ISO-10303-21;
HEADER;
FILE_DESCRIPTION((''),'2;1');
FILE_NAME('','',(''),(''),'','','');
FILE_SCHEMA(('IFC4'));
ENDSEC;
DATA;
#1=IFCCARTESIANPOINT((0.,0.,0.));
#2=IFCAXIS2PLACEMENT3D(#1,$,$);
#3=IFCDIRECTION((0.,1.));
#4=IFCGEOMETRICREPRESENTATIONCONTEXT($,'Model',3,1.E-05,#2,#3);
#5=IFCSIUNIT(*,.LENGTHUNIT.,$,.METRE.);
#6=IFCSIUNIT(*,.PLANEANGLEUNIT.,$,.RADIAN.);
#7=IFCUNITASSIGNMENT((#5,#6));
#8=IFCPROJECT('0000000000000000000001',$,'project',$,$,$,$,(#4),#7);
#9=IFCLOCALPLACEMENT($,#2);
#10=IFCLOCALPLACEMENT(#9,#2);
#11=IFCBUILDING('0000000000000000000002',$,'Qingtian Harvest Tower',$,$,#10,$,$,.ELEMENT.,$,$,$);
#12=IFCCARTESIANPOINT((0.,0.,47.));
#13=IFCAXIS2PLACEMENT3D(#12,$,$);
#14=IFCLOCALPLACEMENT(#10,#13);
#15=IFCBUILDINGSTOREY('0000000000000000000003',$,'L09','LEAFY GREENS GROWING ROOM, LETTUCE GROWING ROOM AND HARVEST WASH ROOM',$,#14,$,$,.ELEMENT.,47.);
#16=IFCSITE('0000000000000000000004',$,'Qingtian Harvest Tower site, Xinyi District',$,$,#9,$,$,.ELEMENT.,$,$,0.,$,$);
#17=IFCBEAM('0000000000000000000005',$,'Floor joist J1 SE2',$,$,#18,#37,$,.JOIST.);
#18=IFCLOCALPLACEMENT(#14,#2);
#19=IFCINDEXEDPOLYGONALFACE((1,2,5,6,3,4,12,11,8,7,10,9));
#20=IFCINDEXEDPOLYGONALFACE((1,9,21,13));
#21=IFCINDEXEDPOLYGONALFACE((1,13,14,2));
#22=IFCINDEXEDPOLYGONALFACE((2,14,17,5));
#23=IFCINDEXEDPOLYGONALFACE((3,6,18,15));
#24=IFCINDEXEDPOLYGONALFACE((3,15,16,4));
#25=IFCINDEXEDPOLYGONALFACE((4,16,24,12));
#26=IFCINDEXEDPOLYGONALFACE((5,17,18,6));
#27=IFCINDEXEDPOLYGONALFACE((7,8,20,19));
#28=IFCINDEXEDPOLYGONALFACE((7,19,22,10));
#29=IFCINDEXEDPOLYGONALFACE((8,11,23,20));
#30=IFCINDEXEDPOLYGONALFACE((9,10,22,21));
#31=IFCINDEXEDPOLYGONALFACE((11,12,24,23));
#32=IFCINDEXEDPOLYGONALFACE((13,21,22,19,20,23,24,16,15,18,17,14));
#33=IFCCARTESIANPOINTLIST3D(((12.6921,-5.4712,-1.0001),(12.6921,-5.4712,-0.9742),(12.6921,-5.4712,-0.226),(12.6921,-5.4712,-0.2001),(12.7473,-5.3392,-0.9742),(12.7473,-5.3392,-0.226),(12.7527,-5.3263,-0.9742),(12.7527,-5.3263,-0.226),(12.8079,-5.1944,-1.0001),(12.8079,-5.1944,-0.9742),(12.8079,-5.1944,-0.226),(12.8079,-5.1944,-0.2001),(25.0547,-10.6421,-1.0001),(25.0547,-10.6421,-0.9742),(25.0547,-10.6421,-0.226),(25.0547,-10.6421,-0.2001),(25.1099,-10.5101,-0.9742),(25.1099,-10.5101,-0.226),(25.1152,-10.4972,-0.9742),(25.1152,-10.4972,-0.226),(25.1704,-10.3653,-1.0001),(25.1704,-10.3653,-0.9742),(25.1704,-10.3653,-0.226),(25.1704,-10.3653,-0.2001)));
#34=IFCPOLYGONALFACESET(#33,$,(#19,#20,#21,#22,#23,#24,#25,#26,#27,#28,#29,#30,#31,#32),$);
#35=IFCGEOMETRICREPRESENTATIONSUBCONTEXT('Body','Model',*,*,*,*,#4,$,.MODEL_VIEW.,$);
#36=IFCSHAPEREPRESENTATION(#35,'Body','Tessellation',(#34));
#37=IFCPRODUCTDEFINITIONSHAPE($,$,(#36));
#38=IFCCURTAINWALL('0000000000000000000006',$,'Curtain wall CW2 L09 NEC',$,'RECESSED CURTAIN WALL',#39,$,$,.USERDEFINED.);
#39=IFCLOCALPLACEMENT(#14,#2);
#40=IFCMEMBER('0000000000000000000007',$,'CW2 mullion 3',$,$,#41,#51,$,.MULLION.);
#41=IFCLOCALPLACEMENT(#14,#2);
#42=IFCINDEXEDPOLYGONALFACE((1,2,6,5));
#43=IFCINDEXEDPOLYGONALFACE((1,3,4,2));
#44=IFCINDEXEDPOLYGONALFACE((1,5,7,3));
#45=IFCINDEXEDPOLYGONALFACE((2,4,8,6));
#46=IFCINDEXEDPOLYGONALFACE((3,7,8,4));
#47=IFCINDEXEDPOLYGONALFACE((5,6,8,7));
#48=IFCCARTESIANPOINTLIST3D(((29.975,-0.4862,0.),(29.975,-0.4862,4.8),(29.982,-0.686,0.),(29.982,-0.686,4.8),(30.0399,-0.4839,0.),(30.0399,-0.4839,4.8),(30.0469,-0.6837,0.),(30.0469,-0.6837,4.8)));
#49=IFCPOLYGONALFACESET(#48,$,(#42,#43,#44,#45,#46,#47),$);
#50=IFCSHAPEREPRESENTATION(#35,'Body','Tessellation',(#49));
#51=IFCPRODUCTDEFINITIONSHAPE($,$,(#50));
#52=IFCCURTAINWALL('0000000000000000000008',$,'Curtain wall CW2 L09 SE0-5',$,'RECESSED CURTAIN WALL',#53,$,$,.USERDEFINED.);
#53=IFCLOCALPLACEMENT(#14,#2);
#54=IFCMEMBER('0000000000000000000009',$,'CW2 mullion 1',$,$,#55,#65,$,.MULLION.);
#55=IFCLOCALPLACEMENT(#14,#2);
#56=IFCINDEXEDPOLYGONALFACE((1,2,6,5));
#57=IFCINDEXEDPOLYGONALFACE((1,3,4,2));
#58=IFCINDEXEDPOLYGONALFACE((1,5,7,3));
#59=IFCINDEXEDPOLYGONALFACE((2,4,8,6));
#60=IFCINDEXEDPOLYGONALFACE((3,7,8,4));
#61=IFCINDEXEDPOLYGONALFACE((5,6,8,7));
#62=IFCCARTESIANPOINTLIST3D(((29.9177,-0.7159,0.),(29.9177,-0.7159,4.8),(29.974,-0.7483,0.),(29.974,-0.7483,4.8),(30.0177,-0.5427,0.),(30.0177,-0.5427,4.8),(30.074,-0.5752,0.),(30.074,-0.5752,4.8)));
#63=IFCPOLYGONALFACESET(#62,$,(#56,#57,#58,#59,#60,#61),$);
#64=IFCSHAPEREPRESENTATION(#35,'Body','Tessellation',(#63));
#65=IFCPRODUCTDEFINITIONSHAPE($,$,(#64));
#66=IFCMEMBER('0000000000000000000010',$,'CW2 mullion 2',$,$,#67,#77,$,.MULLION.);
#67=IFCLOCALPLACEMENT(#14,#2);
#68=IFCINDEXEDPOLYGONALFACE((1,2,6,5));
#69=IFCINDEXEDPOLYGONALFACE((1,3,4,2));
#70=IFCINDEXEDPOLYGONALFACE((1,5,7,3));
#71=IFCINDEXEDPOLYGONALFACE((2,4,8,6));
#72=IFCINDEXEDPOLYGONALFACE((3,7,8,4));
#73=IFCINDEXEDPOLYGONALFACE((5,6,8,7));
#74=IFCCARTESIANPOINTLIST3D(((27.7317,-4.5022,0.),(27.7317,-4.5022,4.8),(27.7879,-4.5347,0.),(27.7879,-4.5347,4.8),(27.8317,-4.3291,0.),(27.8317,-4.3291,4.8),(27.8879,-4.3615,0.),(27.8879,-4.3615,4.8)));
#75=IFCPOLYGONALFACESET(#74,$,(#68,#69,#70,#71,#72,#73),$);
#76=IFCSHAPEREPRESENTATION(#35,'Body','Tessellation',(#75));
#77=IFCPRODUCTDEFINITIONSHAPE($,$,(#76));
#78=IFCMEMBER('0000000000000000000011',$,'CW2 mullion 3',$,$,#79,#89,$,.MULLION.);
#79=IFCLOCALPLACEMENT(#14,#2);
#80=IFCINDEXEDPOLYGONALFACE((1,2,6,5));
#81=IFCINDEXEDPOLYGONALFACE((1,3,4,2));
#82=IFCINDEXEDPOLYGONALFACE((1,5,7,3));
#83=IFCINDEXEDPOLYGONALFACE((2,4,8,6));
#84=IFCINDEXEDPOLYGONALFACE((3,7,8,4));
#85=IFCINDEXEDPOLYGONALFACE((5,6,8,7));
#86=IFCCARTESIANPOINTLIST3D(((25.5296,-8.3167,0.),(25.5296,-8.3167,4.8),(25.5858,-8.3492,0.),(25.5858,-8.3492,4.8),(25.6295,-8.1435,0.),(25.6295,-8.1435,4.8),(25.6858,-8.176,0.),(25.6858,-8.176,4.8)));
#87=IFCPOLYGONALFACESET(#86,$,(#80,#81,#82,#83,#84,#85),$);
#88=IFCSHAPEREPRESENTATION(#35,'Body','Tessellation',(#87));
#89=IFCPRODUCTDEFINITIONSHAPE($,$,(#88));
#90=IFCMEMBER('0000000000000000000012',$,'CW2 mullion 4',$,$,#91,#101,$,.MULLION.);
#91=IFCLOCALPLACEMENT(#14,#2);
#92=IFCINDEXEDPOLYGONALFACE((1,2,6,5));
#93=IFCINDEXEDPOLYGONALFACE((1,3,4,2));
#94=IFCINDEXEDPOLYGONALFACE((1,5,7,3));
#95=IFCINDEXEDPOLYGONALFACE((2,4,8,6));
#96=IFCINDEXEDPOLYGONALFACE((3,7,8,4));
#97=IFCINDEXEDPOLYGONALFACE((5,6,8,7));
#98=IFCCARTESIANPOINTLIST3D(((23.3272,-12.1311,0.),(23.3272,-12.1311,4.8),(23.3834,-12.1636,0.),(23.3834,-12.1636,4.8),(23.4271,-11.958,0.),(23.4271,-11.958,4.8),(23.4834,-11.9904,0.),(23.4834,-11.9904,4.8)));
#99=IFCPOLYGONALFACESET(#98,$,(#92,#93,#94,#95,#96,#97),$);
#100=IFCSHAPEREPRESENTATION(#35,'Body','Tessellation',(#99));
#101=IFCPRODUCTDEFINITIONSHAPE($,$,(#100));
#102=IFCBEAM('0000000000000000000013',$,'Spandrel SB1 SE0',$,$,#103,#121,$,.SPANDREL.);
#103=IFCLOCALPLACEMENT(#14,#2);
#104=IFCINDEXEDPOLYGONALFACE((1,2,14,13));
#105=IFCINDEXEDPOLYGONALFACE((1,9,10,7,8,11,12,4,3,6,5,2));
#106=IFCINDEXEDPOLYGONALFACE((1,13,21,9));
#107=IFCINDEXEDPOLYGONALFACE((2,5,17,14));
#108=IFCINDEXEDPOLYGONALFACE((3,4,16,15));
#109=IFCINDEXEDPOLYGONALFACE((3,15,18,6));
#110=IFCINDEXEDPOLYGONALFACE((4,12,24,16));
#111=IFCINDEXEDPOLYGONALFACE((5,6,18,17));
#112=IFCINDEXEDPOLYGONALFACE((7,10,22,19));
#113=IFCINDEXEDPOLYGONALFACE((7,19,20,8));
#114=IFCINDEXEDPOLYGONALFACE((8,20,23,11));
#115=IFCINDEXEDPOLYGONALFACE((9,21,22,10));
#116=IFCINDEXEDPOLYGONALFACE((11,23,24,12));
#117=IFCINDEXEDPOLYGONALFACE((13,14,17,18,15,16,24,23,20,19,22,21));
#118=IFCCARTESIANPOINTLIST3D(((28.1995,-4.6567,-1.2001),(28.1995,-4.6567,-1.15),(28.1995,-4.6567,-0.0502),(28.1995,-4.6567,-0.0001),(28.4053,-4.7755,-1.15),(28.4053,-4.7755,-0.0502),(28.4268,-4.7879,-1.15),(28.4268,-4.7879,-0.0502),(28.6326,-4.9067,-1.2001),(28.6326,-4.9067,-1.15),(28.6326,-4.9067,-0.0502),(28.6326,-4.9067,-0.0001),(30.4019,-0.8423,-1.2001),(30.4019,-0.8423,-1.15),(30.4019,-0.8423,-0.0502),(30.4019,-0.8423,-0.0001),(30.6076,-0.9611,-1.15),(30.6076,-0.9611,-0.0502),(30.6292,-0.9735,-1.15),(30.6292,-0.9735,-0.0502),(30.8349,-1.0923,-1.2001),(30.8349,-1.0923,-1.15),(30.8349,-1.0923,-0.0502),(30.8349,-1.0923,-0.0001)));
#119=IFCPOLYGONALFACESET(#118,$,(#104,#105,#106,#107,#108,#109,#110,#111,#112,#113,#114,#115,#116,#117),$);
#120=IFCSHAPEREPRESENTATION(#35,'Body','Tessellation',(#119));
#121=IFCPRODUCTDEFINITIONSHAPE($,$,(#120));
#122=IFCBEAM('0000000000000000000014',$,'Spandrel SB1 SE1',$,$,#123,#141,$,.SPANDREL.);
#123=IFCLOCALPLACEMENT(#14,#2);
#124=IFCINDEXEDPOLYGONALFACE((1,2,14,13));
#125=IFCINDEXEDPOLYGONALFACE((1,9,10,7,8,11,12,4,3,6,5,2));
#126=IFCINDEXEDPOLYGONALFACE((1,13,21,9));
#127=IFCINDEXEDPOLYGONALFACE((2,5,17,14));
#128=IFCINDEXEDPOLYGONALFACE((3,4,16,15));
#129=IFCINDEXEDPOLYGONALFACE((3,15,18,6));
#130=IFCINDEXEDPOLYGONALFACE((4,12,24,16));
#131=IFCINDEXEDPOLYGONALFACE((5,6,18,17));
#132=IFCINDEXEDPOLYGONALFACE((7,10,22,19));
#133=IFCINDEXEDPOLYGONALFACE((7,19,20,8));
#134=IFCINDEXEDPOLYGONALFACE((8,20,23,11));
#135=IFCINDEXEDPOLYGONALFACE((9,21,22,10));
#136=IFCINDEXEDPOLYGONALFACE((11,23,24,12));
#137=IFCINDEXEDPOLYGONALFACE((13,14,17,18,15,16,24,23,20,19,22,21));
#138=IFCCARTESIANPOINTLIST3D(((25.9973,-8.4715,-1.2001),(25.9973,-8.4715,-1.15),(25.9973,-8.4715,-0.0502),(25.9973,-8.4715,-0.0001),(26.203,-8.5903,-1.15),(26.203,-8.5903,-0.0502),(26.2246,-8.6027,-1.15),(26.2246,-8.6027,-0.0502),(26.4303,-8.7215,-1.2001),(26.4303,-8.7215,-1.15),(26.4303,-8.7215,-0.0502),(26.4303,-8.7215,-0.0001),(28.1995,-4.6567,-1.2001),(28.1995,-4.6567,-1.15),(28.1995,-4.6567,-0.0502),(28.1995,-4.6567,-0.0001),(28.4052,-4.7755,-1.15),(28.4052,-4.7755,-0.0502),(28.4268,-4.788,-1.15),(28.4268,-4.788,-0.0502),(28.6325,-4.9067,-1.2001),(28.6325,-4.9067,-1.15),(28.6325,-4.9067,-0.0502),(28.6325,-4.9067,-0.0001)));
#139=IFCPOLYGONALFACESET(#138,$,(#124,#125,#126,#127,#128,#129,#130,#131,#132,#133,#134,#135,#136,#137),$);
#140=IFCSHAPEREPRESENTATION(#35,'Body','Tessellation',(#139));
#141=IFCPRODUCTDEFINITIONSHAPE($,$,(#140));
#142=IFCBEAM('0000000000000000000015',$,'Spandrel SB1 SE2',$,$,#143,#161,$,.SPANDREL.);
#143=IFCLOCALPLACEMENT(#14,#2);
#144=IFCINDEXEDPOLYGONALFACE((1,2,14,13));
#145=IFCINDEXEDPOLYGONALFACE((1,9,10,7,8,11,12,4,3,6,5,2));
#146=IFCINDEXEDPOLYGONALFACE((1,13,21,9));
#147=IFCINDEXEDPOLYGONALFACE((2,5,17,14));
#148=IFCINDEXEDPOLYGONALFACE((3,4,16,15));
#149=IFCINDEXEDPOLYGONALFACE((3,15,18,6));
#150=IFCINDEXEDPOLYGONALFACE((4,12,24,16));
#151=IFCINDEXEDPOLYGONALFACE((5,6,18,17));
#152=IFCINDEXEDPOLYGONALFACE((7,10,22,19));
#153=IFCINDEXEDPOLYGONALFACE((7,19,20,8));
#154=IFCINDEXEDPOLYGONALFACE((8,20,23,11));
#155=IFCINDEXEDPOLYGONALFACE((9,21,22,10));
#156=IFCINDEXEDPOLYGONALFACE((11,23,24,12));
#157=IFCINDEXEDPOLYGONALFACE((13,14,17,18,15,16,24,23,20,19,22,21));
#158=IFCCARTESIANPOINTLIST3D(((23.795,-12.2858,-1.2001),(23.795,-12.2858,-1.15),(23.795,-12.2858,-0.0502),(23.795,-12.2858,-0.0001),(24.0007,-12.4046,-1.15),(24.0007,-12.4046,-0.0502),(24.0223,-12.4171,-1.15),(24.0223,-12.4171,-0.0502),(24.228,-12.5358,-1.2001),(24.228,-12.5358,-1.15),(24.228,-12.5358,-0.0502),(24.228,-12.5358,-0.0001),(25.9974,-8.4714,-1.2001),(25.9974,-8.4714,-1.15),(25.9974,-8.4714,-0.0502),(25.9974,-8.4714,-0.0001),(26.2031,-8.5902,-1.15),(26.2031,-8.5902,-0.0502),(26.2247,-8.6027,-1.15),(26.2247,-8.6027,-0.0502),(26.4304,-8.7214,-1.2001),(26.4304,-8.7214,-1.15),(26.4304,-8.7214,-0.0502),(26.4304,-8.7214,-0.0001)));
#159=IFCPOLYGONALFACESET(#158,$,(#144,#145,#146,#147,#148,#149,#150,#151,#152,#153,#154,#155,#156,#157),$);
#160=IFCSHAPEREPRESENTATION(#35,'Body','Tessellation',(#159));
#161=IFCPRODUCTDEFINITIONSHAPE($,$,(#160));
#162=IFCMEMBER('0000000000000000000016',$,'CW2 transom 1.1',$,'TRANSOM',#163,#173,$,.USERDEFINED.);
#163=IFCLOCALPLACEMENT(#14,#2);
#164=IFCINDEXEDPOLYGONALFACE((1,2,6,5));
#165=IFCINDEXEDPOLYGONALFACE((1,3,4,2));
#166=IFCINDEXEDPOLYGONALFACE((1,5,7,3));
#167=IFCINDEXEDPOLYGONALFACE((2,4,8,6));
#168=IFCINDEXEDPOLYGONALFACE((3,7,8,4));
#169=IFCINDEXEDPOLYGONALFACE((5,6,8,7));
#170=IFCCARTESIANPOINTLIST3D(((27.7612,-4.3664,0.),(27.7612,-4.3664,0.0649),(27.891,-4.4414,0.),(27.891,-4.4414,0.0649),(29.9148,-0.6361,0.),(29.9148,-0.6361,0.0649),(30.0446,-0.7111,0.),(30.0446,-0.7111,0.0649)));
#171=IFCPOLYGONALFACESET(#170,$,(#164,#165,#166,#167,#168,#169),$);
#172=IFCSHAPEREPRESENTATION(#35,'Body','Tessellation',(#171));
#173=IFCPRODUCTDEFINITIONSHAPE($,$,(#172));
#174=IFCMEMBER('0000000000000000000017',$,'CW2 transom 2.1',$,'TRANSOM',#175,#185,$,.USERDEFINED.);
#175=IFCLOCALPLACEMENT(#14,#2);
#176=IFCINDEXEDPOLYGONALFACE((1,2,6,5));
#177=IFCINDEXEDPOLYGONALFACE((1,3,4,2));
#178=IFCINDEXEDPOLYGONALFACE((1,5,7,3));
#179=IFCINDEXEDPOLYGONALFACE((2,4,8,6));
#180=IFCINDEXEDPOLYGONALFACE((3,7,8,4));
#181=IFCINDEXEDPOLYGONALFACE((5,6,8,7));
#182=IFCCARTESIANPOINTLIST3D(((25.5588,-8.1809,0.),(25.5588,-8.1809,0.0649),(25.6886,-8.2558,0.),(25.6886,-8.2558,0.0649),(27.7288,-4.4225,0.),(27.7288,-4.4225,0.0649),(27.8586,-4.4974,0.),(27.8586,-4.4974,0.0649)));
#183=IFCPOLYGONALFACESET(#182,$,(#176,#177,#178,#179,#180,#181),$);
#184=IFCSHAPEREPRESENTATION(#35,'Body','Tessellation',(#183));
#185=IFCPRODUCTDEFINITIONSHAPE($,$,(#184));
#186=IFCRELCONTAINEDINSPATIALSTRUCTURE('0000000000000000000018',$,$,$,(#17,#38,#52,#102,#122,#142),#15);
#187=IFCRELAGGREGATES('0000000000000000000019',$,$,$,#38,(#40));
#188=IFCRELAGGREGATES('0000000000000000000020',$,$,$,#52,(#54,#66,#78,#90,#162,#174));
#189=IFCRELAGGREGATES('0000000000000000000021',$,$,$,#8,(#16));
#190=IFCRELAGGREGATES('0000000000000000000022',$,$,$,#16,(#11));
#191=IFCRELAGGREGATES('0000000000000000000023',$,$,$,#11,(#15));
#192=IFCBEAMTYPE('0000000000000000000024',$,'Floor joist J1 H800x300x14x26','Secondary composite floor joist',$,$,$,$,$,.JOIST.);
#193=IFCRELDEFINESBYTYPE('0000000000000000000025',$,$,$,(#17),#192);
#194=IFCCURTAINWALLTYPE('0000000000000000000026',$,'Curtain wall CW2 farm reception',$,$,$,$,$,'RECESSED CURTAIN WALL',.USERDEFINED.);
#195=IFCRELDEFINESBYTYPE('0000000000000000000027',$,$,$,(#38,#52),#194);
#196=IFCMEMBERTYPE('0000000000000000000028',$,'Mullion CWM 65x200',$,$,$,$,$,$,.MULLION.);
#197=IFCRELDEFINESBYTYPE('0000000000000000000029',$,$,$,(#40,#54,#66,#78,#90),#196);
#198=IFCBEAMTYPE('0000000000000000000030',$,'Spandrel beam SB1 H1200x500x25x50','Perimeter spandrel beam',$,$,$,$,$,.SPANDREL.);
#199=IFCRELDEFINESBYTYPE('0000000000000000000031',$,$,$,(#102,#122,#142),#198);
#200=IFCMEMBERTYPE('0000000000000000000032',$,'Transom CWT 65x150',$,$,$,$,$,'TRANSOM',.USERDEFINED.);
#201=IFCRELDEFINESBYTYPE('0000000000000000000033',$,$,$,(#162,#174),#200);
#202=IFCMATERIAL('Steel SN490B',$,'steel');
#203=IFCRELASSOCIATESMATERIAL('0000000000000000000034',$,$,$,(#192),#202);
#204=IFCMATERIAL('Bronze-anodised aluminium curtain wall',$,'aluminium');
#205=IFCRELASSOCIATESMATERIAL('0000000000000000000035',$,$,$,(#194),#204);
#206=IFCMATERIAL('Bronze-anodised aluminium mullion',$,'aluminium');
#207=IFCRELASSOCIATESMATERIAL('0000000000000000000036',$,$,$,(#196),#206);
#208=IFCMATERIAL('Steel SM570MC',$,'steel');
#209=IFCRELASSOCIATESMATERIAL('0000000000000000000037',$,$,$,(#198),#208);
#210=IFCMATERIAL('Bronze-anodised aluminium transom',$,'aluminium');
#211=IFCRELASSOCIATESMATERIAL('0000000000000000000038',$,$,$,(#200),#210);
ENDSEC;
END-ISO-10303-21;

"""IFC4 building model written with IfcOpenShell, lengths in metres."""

from ifc_helpers import new_model, si_unit, direction, frame, origin, origin_2d, place, context, subcontext, project, spatial, rectangle, i_section, extrude, material, material_profile, profile_set, type_object, element, aggregate, save


model = new_model("IFC4")

# Units and contexts
model_context = context("Model", 3, precision=1e-05, world=origin(), true_north=direction((0.0, 1.0)))
body_context = subcontext(model_context, "Body", "Model", "MODEL_VIEW")
ifc_project = project(units=[si_unit("LENGTHUNIT", "METRE"), si_unit("PLANEANGLEUNIT", "RADIAN")], contexts=[model_context])

# Site, building, storey
site_placement = place(None, origin())
site = spatial("IfcSite", under=ifc_project, at=site_placement, Name="Qingtian Harvest Tower site, Xinyi District", CompositionType="ELEMENT", RefElevation=0.0)
building_placement = place(site_placement, origin())
building = spatial("IfcBuilding", under=site, at=building_placement, Name="Qingtian Harvest Tower", CompositionType="ELEMENT")
storey_placement = place(building_placement, frame((0.0, 0.0, 47.0)))
storey = spatial("IfcBuildingStorey", under=building, at=storey_placement, Name="L09", Description="LEAFY GREENS GROWING ROOM, LETTUCE GROWING ROOM AND HARVEST WASH ROOM", CompositionType="ELEMENT", Elevation=47.0)

# Beam
ifc_material_1 = material(Name="Steel SN490B", Category="steel")
ifc_material_profile_1 = material_profile(ifc_material_1, i_section(OverallWidth=0.3, OverallDepth=0.8, WebThickness=0.0139, FlangeThickness=0.0259, at=origin_2d()), Name="H800x300x14x26")
ifc_profile_set_1 = profile_set([ifc_material_profile_1], Name="Steel SN490B")
beam_type_1 = type_object("IfcBeamType", Name="Floor joist J1 H800x300x14x26", Description="Secondary composite floor joist", PredefinedType="JOIST", material=ifc_profile_set_1)
beam_1_placement = place(storey_placement, frame((25.1125, -10.5037, -0.6001), z_axis=(-0.922551, 0.385876, 0.0), x_axis=(-0.385876, -0.922551, 0.0)))
element("IfcBeam", 1, at=beam_1_placement, inside=storey, type_object=beam_type_1, Name="Floor joist J1 SE2", PredefinedType="JOIST", context=body_context, shape_type="SweptSolid", body=[
    extrude(i_section(OverallWidth=0.3, OverallDepth=0.8, WebThickness=0.0139, FlangeThickness=0.0259, at=origin_2d()), origin(), (0.0, 0.0, 1.0), 13.4004),
])

# Curtain wall, member
ifc_material_2 = material(Name="Bronze-anodised aluminium curtain wall", Category="aluminium")
curtain_wall_type = type_object("IfcCurtainWallType", Name="Curtain wall CW2 farm reception", ElementType="RECESSED CURTAIN WALL", PredefinedType="USERDEFINED", material=ifc_material_2)
curtain_wall_1_placement = place(storey_placement, origin())
curtain_wall_1 = element("IfcCurtainWall", 2, at=curtain_wall_1_placement, inside=storey, type_object=curtain_wall_type, Name="Curtain wall CW2 L09 NEC", ObjectType="RECESSED CURTAIN WALL", PredefinedType="USERDEFINED")
ifc_material_3 = material(Name="Bronze-anodised aluminium mullion", Category="aluminium")
ifc_material_profile_2 = material_profile(ifc_material_3, rectangle(XDim=0.0649, YDim=0.2, at=origin_2d()), Name="AL 65x200")
ifc_profile_set_2 = profile_set([ifc_material_profile_2], Name="Bronze-anodised aluminium mullion")
member_type_1 = type_object("IfcMemberType", Name="Mullion CWM 65x200", PredefinedType="MULLION", material=ifc_profile_set_2)
member_1_placement = place(storey_placement, frame((30.011, -0.585, 0.0), z_axis=(0.0, 0.0, 1.0), x_axis=(0.999391, 0.034899, 0.0)))
member_1 = element("IfcMember", 3, at=member_1_placement, type_object=member_type_1, Name="CW2 mullion 3", PredefinedType="MULLION", context=body_context, shape_type="SweptSolid", body=[
    extrude(rectangle(XDim=0.0649, YDim=0.2, at=origin_2d()), origin(), (0.0, 0.0, 1.0), 4.8),
])
aggregate(curtain_wall_1, [member_1])

# Curtain wall, members
curtain_wall_2_placement = place(storey_placement, origin())
curtain_wall_2 = element("IfcCurtainWall", 4, at=curtain_wall_2_placement, inside=storey, type_object=curtain_wall_type, Name="Curtain wall CW2 L09 SE0-5", ObjectType="RECESSED CURTAIN WALL", PredefinedType="USERDEFINED")
member_2_placement = place(storey_placement, frame((29.9958, -0.6455, 0.0), z_axis=(0.0, 0.0, 1.0), x_axis=(0.866025, -0.5, 0.0)))
member_2 = element("IfcMember", 5, at=member_2_placement, type_object=member_type_1, Name="CW2 mullion 1", PredefinedType="MULLION", context=body_context, shape_type="SweptSolid", body=[
    extrude(rectangle(XDim=0.0649, YDim=0.2, at=origin_2d()), origin(), (0.0, 0.0, 1.0), 4.8),
])
member_3_placement = place(storey_placement, frame((27.8098, -4.4319, 0.0), z_axis=(0.0, 0.0, 1.0), x_axis=(0.866025, -0.5, 0.0)))
member_3 = element("IfcMember", 6, at=member_3_placement, type_object=member_type_1, Name="CW2 mullion 2", PredefinedType="MULLION", context=body_context, shape_type="SweptSolid", body=[
    extrude(rectangle(XDim=0.0649, YDim=0.2, at=origin_2d()), origin(), (0.0, 0.0, 1.0), 4.8),
])
member_4_placement = place(storey_placement, frame((25.6077, -8.2463, 0.0), z_axis=(0.0, 0.0, 1.0), x_axis=(0.866025, -0.5, 0.0)))
member_4 = element("IfcMember", 7, at=member_4_placement, type_object=member_type_1, Name="CW2 mullion 3", PredefinedType="MULLION", context=body_context, shape_type="SweptSolid", body=[
    extrude(rectangle(XDim=0.0649, YDim=0.2, at=origin_2d()), origin(), (0.0, 0.0, 1.0), 4.8),
])
member_5_placement = place(storey_placement, frame((23.4053, -12.0608, 0.0), z_axis=(0.0, 0.0, 1.0), x_axis=(0.866025, -0.5, 0.0)))
member_5 = element("IfcMember", 8, at=member_5_placement, type_object=member_type_1, Name="CW2 mullion 4", PredefinedType="MULLION", context=body_context, shape_type="SweptSolid", body=[
    extrude(rectangle(XDim=0.0649, YDim=0.2, at=origin_2d()), origin(), (0.0, 0.0, 1.0), 4.8),
])

# Beams
ifc_material_4 = material(Name="Steel SM570MC", Category="steel")
ifc_material_profile_3 = material_profile(ifc_material_4, i_section(OverallWidth=0.5, OverallDepth=1.2, WebThickness=0.0249, FlangeThickness=0.05, at=origin_2d()), Name="H1200x500x25x50")
ifc_profile_set_3 = profile_set([ifc_material_profile_3], Name="Steel SM570MC")
beam_type_2 = type_object("IfcBeamType", Name="Spandrel beam SB1 H1200x500x25x50", Description="Perimeter spandrel beam", PredefinedType="SPANDREL", material=ifc_profile_set_3)
beam_2_placement = place(storey_placement, frame((30.6184, -0.9673, -0.6001), z_axis=(-0.50002, -0.866014, 0.0), x_axis=(0.866014, -0.50002, 0.0)))
element("IfcBeam", 9, at=beam_2_placement, inside=storey, type_object=beam_type_2, Name="Spandrel SB1 SE0", PredefinedType="SPANDREL", context=body_context, shape_type="SweptSolid", body=[
    extrude(i_section(OverallWidth=0.5, OverallDepth=1.2, WebThickness=0.0249, FlangeThickness=0.05, at=origin_2d()), origin(), (0.0, 0.0, 1.0), 4.4045),
])
beam_3_placement = place(storey_placement, frame((28.416, -4.7817, -0.6001), z_axis=(-0.499954, -0.866052, 0.0), x_axis=(0.866052, -0.499954, 0.0)))
element("IfcBeam", 10, at=beam_3_placement, inside=storey, type_object=beam_type_2, Name="Spandrel SB1 SE1", PredefinedType="SPANDREL", context=body_context, shape_type="SweptSolid", body=[
    extrude(i_section(OverallWidth=0.5, OverallDepth=1.2, WebThickness=0.0249, FlangeThickness=0.05, at=origin_2d()), origin(), (0.0, 0.0, 1.0), 4.4048),
])
beam_4_placement = place(storey_placement, frame((26.2139, -8.5964, -0.6001), z_axis=(-0.50002, -0.866014, 0.0), x_axis=(0.866014, -0.50002, 0.0)))
element("IfcBeam", 11, at=beam_4_placement, inside=storey, type_object=beam_type_2, Name="Spandrel SB1 SE2", PredefinedType="SPANDREL", context=body_context, shape_type="SweptSolid", body=[
    extrude(i_section(OverallWidth=0.5, OverallDepth=1.2, WebThickness=0.0249, FlangeThickness=0.05, at=origin_2d()), origin(), (0.0, 0.0, 1.0), 4.4045),
])

# Members
ifc_material_5 = material(Name="Bronze-anodised aluminium transom", Category="aluminium")
ifc_material_profile_4 = material_profile(ifc_material_5, rectangle(XDim=0.1499, YDim=0.0649, at=origin_2d()), Name="AL 65x150")
ifc_profile_set_4 = profile_set([ifc_material_profile_4], Name="Bronze-anodised aluminium transom")
member_type_2 = type_object("IfcMemberType", Name="Transom CWT 65x150", ElementType="TRANSOM", PredefinedType="USERDEFINED", material=ifc_profile_set_4)
member_6_placement = place(storey_placement, frame((29.9797, -0.6736, 0.0325), z_axis=(-0.499986, -0.866034, 0.0), x_axis=(0.866034, -0.499986, 0.0)))
member_6 = element("IfcMember", 12, at=member_6_placement, type_object=member_type_2, Name="CW2 transom 1.1", ObjectType="TRANSOM", PredefinedType="USERDEFINED", context=body_context, shape_type="SweptSolid", body=[
    extrude(rectangle(XDim=0.1499, YDim=0.0649, at=origin_2d()), origin(), (0.0, 0.0, 1.0), 4.3074),
])
member_7_placement = place(storey_placement, frame((27.7937, -4.46, 0.0325), z_axis=(-0.500011, -0.866019, 0.0), x_axis=(0.866019, -0.500011, 0.0)))
member_7 = element("IfcMember", 13, at=member_7_placement, type_object=member_type_2, Name="CW2 transom 2.1", ObjectType="TRANSOM", PredefinedType="USERDEFINED", context=body_context, shape_type="SweptSolid", body=[
    extrude(rectangle(XDim=0.1499, YDim=0.0649, at=origin_2d()), origin(), (0.0, 0.0, 1.0), 4.3398),
])

aggregate(curtain_wall_2, [member_2, member_3, member_4, member_5, member_6, member_7])

save(model, "model.ifc")
